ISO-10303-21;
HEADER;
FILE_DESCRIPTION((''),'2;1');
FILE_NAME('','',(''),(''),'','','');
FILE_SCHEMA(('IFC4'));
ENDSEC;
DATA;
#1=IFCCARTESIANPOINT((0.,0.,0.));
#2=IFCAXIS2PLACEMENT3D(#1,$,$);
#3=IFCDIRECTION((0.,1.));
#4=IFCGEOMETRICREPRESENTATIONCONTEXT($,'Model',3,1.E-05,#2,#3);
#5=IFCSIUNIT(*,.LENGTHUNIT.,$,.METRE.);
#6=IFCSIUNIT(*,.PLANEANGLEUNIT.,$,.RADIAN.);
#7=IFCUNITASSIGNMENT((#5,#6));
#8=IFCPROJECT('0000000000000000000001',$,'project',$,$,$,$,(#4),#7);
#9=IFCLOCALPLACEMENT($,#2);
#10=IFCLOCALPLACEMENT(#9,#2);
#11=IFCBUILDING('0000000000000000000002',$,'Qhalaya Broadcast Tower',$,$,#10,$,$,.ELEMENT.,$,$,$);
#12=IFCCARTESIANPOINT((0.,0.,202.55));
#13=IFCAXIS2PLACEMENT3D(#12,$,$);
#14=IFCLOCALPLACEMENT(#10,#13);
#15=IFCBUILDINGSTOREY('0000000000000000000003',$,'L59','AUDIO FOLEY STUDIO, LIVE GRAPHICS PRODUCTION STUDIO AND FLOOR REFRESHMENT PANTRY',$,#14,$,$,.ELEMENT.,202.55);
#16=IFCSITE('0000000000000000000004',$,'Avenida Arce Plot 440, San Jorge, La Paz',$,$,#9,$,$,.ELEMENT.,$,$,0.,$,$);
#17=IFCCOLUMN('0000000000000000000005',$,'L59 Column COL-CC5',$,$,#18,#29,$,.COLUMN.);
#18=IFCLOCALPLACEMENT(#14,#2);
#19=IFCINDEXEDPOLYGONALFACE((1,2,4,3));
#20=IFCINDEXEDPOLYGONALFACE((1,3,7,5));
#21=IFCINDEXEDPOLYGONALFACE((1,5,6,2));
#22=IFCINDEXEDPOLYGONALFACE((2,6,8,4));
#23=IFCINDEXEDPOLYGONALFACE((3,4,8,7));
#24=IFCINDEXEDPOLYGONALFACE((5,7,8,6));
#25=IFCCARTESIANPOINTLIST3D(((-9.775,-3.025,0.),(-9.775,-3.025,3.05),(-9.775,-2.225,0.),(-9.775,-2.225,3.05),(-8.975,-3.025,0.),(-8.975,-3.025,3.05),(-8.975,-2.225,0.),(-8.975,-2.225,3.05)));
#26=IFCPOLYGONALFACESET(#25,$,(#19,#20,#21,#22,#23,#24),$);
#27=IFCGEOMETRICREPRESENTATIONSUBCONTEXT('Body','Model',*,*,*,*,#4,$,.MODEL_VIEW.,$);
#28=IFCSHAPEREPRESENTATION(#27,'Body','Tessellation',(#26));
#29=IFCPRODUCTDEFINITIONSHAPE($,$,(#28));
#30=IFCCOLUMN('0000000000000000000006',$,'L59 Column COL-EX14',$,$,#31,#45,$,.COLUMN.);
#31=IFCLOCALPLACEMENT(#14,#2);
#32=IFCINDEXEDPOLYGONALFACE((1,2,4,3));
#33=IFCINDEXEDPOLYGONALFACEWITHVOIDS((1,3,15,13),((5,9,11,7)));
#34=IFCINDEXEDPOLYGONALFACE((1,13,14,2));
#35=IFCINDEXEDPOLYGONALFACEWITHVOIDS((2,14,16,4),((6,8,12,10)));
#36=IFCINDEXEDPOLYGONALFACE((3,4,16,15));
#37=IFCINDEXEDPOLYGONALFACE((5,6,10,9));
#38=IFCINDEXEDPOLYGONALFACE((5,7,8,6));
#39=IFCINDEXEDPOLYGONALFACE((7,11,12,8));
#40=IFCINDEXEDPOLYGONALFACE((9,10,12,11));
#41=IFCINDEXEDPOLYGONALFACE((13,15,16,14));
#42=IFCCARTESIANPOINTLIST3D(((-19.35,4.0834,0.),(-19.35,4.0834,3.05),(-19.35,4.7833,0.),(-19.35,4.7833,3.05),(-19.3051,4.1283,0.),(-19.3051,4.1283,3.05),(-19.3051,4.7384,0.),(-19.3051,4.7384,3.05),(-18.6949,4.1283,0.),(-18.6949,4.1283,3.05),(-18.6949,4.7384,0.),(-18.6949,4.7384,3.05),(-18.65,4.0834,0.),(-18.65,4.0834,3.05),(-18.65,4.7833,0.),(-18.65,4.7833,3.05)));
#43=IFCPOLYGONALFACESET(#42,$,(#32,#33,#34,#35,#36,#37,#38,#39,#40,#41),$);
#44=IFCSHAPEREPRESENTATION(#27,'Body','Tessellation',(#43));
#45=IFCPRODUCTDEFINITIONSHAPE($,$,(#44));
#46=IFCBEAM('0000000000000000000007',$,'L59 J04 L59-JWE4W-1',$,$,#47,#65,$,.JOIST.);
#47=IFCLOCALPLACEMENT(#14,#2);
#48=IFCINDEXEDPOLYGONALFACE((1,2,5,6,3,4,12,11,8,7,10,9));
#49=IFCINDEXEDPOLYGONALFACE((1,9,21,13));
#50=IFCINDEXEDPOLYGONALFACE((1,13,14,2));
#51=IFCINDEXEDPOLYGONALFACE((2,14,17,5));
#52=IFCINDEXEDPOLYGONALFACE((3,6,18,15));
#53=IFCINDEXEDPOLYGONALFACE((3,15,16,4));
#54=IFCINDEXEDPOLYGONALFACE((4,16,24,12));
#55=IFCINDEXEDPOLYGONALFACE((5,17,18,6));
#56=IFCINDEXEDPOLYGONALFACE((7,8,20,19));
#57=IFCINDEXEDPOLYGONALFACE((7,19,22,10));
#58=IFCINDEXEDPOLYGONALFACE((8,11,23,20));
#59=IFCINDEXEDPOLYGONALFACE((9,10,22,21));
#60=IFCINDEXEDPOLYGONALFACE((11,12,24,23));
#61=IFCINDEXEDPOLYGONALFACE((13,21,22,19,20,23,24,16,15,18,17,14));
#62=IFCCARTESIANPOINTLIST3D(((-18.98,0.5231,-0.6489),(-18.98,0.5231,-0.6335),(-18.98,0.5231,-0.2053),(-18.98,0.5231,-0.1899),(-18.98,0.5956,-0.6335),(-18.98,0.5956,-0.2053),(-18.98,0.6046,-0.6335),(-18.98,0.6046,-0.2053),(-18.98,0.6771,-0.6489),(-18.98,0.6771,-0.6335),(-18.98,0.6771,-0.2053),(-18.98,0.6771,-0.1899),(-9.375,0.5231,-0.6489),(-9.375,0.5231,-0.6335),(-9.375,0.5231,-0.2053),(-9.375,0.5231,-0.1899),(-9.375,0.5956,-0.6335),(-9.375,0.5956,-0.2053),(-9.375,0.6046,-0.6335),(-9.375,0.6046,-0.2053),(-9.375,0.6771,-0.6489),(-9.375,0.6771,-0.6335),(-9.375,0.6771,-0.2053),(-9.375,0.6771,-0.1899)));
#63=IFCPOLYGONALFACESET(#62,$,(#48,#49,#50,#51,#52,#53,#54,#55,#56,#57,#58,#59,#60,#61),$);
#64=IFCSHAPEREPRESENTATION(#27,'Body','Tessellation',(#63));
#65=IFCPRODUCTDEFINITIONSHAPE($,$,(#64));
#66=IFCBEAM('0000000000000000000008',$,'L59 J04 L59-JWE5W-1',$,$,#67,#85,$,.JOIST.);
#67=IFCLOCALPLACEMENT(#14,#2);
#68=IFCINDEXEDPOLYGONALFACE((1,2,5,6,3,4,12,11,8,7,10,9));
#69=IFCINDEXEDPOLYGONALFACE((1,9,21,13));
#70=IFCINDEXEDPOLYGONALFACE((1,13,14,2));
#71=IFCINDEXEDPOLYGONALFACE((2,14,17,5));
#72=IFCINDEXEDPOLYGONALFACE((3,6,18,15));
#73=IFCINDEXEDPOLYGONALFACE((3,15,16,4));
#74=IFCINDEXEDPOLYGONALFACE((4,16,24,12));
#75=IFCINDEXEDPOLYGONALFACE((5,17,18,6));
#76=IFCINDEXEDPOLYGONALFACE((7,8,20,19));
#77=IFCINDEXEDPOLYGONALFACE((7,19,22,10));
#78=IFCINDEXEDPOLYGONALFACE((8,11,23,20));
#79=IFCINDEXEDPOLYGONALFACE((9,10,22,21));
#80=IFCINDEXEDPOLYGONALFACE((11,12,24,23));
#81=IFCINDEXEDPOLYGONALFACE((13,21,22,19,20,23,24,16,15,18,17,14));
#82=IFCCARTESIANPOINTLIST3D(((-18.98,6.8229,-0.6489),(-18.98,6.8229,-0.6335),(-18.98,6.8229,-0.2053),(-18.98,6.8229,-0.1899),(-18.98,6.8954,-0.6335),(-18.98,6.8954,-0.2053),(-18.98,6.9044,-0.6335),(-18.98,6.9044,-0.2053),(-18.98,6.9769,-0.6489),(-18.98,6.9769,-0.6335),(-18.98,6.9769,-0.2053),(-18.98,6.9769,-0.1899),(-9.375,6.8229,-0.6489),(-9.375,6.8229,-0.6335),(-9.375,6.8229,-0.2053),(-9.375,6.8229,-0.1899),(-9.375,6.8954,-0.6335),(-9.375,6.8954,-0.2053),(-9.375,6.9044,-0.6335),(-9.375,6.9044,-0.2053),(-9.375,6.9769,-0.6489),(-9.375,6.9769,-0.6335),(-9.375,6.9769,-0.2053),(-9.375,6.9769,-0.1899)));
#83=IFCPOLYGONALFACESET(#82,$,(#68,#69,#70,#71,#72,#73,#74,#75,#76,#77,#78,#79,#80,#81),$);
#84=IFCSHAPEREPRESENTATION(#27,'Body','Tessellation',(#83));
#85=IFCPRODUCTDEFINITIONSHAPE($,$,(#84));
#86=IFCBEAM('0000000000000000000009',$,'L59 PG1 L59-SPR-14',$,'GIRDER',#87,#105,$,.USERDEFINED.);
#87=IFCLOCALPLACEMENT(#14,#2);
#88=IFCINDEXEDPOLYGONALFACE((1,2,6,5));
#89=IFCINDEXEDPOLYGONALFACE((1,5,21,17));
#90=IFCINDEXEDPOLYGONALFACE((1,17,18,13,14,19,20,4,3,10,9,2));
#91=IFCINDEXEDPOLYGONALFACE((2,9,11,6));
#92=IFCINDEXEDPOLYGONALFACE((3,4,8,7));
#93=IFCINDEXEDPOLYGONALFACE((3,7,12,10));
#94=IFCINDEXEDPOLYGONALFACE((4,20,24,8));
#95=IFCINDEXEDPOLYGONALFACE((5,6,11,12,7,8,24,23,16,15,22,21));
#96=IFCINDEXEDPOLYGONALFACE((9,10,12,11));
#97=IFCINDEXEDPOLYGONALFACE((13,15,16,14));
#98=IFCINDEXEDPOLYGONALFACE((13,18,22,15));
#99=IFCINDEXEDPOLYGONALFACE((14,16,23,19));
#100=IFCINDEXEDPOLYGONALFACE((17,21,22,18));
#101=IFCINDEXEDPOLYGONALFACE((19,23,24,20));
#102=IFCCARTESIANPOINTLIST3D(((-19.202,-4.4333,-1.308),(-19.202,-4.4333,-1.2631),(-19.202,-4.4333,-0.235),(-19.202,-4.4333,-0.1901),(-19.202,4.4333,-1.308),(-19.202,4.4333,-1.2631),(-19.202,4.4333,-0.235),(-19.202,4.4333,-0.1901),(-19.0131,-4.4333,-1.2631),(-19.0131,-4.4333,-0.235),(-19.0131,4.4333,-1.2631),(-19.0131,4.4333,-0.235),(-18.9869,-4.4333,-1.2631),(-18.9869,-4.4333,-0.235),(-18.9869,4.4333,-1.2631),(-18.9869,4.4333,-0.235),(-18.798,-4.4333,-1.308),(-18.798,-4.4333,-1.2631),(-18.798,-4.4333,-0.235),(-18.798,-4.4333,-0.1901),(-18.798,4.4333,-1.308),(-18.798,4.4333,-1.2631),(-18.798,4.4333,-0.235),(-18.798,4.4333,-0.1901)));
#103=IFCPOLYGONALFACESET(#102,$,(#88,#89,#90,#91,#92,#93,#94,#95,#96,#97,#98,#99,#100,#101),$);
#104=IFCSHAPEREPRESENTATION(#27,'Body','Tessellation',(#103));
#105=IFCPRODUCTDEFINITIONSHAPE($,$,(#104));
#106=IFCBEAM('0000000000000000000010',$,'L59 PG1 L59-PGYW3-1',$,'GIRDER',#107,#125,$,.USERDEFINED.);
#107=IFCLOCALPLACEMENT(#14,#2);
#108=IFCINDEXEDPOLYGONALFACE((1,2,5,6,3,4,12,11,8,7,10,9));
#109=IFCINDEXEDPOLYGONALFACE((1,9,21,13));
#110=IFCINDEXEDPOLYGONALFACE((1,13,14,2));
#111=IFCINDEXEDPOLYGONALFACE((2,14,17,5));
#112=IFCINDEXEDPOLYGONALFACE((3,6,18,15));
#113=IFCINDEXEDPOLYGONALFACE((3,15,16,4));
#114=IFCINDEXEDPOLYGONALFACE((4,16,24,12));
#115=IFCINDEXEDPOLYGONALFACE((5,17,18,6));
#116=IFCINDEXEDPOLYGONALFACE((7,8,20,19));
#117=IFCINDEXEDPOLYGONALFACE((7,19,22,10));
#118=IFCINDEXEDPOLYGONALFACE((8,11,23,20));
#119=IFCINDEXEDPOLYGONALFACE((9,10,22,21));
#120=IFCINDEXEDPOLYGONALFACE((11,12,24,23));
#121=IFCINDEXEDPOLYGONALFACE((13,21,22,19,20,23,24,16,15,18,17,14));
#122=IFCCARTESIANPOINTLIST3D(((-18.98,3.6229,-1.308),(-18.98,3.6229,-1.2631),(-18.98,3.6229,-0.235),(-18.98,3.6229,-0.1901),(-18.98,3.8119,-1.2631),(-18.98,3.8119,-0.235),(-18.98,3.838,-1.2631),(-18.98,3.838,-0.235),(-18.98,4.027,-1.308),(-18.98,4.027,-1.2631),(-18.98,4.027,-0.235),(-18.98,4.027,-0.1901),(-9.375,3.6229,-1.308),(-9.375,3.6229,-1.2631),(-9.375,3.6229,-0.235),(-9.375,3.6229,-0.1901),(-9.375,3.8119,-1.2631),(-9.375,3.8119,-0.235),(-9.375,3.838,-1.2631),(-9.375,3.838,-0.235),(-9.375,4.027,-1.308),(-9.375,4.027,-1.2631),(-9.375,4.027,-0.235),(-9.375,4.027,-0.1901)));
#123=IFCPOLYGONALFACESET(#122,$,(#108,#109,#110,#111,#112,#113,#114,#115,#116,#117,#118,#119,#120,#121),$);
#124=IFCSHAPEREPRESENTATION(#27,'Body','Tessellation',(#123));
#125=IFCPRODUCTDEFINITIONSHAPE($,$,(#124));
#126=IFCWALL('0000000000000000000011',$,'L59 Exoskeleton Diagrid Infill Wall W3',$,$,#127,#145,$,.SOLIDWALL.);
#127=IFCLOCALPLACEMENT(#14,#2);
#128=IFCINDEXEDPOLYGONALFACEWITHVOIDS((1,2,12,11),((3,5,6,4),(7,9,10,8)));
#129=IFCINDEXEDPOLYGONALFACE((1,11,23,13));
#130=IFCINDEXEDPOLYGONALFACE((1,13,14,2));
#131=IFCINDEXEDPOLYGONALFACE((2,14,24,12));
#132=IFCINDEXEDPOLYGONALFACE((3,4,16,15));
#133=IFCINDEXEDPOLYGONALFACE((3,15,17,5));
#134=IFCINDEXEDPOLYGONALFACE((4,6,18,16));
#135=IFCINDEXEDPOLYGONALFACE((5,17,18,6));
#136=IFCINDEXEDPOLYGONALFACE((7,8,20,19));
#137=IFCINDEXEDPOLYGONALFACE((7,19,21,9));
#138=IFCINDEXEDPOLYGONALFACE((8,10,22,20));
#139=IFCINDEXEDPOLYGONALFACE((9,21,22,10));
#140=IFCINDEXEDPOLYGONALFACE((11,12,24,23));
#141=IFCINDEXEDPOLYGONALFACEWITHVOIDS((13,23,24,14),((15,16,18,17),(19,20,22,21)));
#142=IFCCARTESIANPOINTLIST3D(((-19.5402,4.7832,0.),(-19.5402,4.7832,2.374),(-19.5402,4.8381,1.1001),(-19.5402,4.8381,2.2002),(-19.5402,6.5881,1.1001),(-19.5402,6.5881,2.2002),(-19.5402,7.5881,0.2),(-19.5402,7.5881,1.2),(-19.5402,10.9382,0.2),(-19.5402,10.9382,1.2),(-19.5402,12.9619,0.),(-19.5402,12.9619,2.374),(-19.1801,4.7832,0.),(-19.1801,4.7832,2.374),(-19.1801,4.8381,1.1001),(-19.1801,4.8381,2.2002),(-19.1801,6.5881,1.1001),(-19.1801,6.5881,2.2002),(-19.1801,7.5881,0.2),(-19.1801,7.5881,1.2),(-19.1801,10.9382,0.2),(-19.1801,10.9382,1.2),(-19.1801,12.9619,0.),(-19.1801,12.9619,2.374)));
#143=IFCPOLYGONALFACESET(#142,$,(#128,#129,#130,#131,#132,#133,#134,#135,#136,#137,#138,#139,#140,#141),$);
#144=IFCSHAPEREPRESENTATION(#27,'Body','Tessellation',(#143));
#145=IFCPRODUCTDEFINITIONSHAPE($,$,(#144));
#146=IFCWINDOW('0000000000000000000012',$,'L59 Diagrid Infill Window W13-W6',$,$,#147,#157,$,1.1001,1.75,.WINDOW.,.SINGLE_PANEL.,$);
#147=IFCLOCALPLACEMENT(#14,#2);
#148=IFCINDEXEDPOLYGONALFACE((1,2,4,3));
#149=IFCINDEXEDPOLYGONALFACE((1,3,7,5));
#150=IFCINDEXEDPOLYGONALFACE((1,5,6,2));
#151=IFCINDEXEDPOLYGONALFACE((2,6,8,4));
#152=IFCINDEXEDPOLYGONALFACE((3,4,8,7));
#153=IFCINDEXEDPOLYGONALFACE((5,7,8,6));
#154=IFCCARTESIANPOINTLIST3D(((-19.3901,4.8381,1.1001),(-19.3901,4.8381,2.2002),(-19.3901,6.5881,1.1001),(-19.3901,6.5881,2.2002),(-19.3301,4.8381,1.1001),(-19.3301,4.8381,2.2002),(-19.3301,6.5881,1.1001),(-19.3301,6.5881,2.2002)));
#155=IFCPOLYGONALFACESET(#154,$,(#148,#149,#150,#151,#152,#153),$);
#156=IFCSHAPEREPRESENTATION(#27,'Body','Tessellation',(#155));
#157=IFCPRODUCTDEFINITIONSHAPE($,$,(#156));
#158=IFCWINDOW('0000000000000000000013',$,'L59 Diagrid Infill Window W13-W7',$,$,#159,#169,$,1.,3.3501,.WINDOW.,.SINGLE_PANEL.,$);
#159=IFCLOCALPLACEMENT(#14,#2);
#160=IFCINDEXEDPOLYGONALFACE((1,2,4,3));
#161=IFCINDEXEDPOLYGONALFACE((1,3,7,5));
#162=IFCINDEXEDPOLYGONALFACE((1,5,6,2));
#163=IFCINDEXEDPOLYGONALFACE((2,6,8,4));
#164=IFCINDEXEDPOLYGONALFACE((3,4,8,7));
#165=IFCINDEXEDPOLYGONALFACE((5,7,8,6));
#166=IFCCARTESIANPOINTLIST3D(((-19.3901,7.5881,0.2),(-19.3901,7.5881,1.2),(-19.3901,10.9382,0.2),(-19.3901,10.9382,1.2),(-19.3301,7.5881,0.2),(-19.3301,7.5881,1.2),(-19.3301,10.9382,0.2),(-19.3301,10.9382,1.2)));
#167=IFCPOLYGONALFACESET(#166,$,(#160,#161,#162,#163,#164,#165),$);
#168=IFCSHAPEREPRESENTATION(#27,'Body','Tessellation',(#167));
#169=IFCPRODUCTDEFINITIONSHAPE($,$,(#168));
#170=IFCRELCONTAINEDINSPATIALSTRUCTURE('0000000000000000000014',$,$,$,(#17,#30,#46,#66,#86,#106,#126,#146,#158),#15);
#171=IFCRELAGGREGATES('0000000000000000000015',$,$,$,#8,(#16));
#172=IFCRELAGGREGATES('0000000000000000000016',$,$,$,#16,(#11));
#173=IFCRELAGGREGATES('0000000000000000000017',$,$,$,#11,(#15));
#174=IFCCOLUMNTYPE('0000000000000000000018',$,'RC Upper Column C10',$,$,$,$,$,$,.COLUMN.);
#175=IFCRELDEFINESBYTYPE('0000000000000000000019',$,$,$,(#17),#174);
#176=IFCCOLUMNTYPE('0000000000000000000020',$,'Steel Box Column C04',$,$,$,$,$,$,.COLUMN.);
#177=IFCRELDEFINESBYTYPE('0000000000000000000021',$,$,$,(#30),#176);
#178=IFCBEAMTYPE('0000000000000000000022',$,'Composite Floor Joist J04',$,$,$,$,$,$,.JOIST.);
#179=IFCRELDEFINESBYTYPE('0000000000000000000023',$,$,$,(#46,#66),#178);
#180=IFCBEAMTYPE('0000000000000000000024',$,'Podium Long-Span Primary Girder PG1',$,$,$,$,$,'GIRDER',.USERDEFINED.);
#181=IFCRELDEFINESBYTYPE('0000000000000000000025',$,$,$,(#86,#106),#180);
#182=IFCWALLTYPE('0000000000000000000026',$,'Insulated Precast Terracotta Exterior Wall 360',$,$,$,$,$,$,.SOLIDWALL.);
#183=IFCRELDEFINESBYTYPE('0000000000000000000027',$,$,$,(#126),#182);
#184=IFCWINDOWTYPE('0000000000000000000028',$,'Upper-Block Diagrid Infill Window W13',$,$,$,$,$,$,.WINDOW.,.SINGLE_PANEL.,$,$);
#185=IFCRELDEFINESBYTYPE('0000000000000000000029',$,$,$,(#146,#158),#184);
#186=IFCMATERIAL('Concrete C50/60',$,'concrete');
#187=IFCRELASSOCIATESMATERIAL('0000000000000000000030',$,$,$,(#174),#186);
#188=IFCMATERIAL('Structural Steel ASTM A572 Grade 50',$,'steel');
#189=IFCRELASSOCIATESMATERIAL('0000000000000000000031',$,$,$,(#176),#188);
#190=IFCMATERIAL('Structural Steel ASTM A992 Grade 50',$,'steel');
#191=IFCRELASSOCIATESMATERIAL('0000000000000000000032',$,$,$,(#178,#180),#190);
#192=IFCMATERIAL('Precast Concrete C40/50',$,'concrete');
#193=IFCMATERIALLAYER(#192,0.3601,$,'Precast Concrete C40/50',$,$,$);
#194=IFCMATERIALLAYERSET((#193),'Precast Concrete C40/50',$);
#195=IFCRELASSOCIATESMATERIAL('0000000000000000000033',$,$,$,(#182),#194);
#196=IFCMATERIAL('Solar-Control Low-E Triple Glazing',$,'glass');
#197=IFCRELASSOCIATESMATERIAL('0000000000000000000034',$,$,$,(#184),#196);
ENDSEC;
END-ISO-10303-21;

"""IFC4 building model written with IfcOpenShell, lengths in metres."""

from ifc_helpers import new_model, si_unit, direction, frame, frame_2d, origin, origin_2d, place, context, subcontext, project, spatial, rectangle, hollow_rectangle, i_section, extrude, material, layer, layer_set, material_profile, profile_set, type_object, element, fill, save


model = new_model("IFC4")

# Units and contexts
model_context = context("Model", 3, precision=1e-05, world=origin(), true_north=direction((0.0, 1.0)))
body_context = subcontext(model_context, "Body", "Model", "MODEL_VIEW")
ifc_project = project(units=[si_unit("LENGTHUNIT", "METRE"), si_unit("PLANEANGLEUNIT", "RADIAN")], contexts=[model_context])

# Site, building, storey
site_placement = place(None, origin())
site = spatial("IfcSite", under=ifc_project, at=site_placement, Name="Avenida Arce Plot 440, San Jorge, La Paz", CompositionType="ELEMENT", RefElevation=0.0)
building_placement = place(site_placement, origin())
building = spatial("IfcBuilding", under=site, at=building_placement, Name="Qhalaya Broadcast Tower", CompositionType="ELEMENT")
storey_placement = place(building_placement, frame((0.0, 0.0, 202.55)))
storey = spatial("IfcBuildingStorey", under=building, at=storey_placement, Name="L59", Description="AUDIO FOLEY STUDIO, LIVE GRAPHICS PRODUCTION STUDIO AND FLOOR REFRESHMENT PANTRY", CompositionType="ELEMENT", Elevation=202.55)

# Columns
ifc_material_1 = material(Name="Concrete C50/60", Category="concrete")
ifc_material_profile_1 = material_profile(ifc_material_1, rectangle(XDim=0.8, YDim=0.8, at=origin_2d()), Name="RC-COL 800x800")
ifc_profile_set_1 = profile_set([ifc_material_profile_1], Name="Concrete C50/60")
column_type_1 = type_object("IfcColumnType", Name="RC Upper Column C10", PredefinedType="COLUMN", material=ifc_profile_set_1)
column_1_placement = place(storey_placement, frame((-9.375, -2.625, 0.0), z_axis=(0.0, 0.0, 1.0), x_axis=(1.0, 0.0, 0.0)))
element("IfcColumn", 1, at=column_1_placement, inside=storey, type_object=column_type_1, Name="L59 Column COL-CC5", PredefinedType="COLUMN", context=body_context, shape_type="SweptSolid", body=[
    extrude(rectangle(XDim=0.8, YDim=0.8, at=origin_2d()), origin(), (0.0, 0.0, 1.0), 3.05),
])
ifc_material_2 = material(Name="Structural Steel ASTM A572 Grade 50", Category="steel")
ifc_material_profile_2 = material_profile(ifc_material_2, hollow_rectangle(XDim=0.7, YDim=0.7, WallThickness=0.0449, at=origin_2d()), Name="BOX 700x700x45")
ifc_profile_set_2 = profile_set([ifc_material_profile_2], Name="Structural Steel ASTM A572 Grade 50")
column_type_2 = type_object("IfcColumnType", Name="Steel Box Column C04", PredefinedType="COLUMN", material=ifc_profile_set_2)
column_2_placement = place(storey_placement, frame((-19.0, 4.4333, 0.0), z_axis=(0.0, 0.0, 1.0), x_axis=(0.0, 1.0, 0.0)))
element("IfcColumn", 2, at=column_2_placement, inside=storey, type_object=column_type_2, Name="L59 Column COL-EX14", PredefinedType="COLUMN", context=body_context, shape_type="SweptSolid", body=[
    extrude(hollow_rectangle(XDim=0.7, YDim=0.7, WallThickness=0.0449, at=origin_2d()), origin(), (0.0, 0.0, 1.0), 3.05),
])

# Beams
ifc_material_3 = material(Name="Structural Steel ASTM A992 Grade 50", Category="steel")
ifc_material_profile_3 = material_profile(ifc_material_3, i_section(OverallWidth=0.1541, OverallDepth=0.459, WebThickness=0.009, FlangeThickness=0.0154, at=origin_2d()), Name="W18X46")
ifc_profile_set_3 = profile_set([ifc_material_profile_3], Name="Structural Steel ASTM A992 Grade 50")
beam_type_1 = type_object("IfcBeamType", Name="Composite Floor Joist J04", PredefinedType="JOIST", material=ifc_profile_set_3)
for number, where, z_axis, x_axis, name in (
    (3, (-18.98, 0.6001, -0.4194), (1.0, 0.0, 0.0), (0.0, 1.0, 0.0), "L59 J04 L59-JWE4W-1"),
    (4, (-18.98, 6.8999, -0.4194), (1.0, 0.0, 0.0), (0.0, 1.0, 0.0), "L59 J04 L59-JWE5W-1"),
):
    element("IfcBeam", number, at=place(storey_placement, frame(where, z_axis=z_axis, x_axis=x_axis)), inside=storey, type_object=beam_type_1, Name=name, PredefinedType="JOIST", context=body_context, shape_type="SweptSolid", body=[
        extrude(i_section(OverallWidth=0.1541, OverallDepth=0.459, WebThickness=0.009, FlangeThickness=0.0154, at=origin_2d()), origin(), (0.0, 0.0, 1.0), 9.605),
    ])
ifc_material_profile_4 = material_profile(ifc_material_3, i_section(OverallWidth=0.4041, OverallDepth=1.1179, WebThickness=0.0261, FlangeThickness=0.0449, at=origin_2d()), Name="W44X335")
ifc_profile_set_4 = profile_set([ifc_material_profile_4], Name="Structural Steel ASTM A992 Grade 50")
beam_type_2 = type_object("IfcBeamType", Name="Podium Long-Span Primary Girder PG1", ElementType="GIRDER", PredefinedType="USERDEFINED", material=ifc_profile_set_4)
beam_1_placement = place(storey_placement, frame((-19.0, 4.4333, -0.749), z_axis=(0.0, -1.0, 0.0), x_axis=(1.0, 0.0, 0.0)))
element("IfcBeam", 5, at=beam_1_placement, inside=storey, type_object=beam_type_2, Name="L59 PG1 L59-SPR-14", ObjectType="GIRDER", PredefinedType="USERDEFINED", context=body_context, shape_type="SweptSolid", body=[
    extrude(i_section(OverallWidth=0.4041, OverallDepth=1.1179, WebThickness=0.0261, FlangeThickness=0.0449, at=origin_2d()), origin(), (0.0, 0.0, 1.0), 8.8667),
])
beam_2_placement = place(storey_placement, frame((-18.98, 3.825, -0.749), z_axis=(1.0, 0.0, 0.0), x_axis=(0.0, 1.0, 0.0)))
element("IfcBeam", 6, at=beam_2_placement, inside=storey, type_object=beam_type_2, Name="L59 PG1 L59-PGYW3-1", ObjectType="GIRDER", PredefinedType="USERDEFINED", context=body_context, shape_type="SweptSolid", body=[
    extrude(i_section(OverallWidth=0.4041, OverallDepth=1.1179, WebThickness=0.0261, FlangeThickness=0.0449, at=origin_2d()), origin(), (0.0, 0.0, 1.0), 9.605),
])

# Wall, openings, windows
ifc_material_4 = material(Name="Precast Concrete C40/50", Category="concrete")
ifc_layer_1 = layer(ifc_material_4, 0.3601, Name="Precast Concrete C40/50")
ifc_layer_set_1 = layer_set([ifc_layer_1], Name="Precast Concrete C40/50")
wall_type_1 = type_object("IfcWallType", Name="Insulated Precast Terracotta Exterior Wall 360", PredefinedType="SOLIDWALL", material=ifc_layer_set_1)
wall_1_placement = place(storey_placement, frame((-19.3601, 4.7832, 0.0), z_axis=(0.0, 0.0, 1.0), x_axis=(0.0, 1.0, 0.0)))
wall_1 = element("IfcWall", 7, at=wall_1_placement, inside=storey, type_object=wall_type_1, Name="L59 Exoskeleton Diagrid Infill Wall W3", PredefinedType="SOLIDWALL", context=body_context, shape_type="SweptSolid", body=[
    extrude(rectangle(XDim=8.1787, YDim=0.3601, at=frame_2d((4.0894, 0.0))), origin(), (0.0, 0.0, 1.0), 2.374),
])
opening_1_placement = place(wall_1_placement, frame((0.0549, 0.0, 1.1001)))
opening_1 = element("IfcOpeningElement", 8, at=opening_1_placement, cuts=wall_1, PredefinedType="OPENING", context=body_context, shape_type="SweptSolid", body=[
    extrude(rectangle(XDim=1.75, YDim=1.1001, at=frame_2d((0.875, 0.55))), frame((0.0, 0.1921, 0.0), z_axis=(0.0, -1.0, 0.0), x_axis=(1.0, 0.0, 0.0)), (0.0, 0.0, 1.0), 0.384),
])
opening_2_placement = place(wall_1_placement, frame((2.8049, 0.0, 0.2)))
opening_2 = element("IfcOpeningElement", 9, at=opening_2_placement, cuts=wall_1, PredefinedType="OPENING", context=body_context, shape_type="SweptSolid", body=[
    extrude(rectangle(XDim=3.3501, YDim=1.0, at=frame_2d((1.675, 0.5))), frame((0.0, 0.1921, 0.0), z_axis=(0.0, -1.0, 0.0), x_axis=(1.0, 0.0, 0.0)), (0.0, 0.0, 1.0), 0.384),
])
ifc_material_5 = material(Name="Solar-Control Low-E Triple Glazing", Category="glass")
window_type = type_object("IfcWindowType", Name="Upper-Block Diagrid Infill Window W13", PartitioningType="SINGLE_PANEL", PredefinedType="WINDOW", material=ifc_material_5)
window_1_placement = place(opening_1_placement, origin())
window_1 = element("IfcWindow", 10, at=window_1_placement, inside=storey, type_object=window_type, Name="L59 Diagrid Infill Window W13-W6", OverallHeight=1.1001, OverallWidth=1.75, PartitioningType="SINGLE_PANEL", PredefinedType="WINDOW", context=body_context, shape_type="SweptSolid", body=[
    extrude(rectangle(XDim=1.75, YDim=1.1001, at=frame_2d((0.875, 0.55))), frame((0.0, 0.03, 0.0), z_axis=(0.0, -1.0, 0.0), x_axis=(1.0, 0.0, 0.0)), (0.0, 0.0, 1.0), 0.0601),
])
fill(opening_1, window_1)
window_2_placement = place(opening_2_placement, origin())
window_2 = element("IfcWindow", 11, at=window_2_placement, inside=storey, type_object=window_type, Name="L59 Diagrid Infill Window W13-W7", OverallHeight=1.0, OverallWidth=3.3501, PartitioningType="SINGLE_PANEL", PredefinedType="WINDOW", context=body_context, shape_type="SweptSolid", body=[
    extrude(rectangle(XDim=3.3501, YDim=1.0, at=frame_2d((1.675, 0.5))), frame((0.0, 0.03, 0.0), z_axis=(0.0, -1.0, 0.0), x_axis=(1.0, 0.0, 0.0)), (0.0, 0.0, 1.0), 0.0601),
])
fill(opening_2, window_2)

save(model, "model.ifc")
